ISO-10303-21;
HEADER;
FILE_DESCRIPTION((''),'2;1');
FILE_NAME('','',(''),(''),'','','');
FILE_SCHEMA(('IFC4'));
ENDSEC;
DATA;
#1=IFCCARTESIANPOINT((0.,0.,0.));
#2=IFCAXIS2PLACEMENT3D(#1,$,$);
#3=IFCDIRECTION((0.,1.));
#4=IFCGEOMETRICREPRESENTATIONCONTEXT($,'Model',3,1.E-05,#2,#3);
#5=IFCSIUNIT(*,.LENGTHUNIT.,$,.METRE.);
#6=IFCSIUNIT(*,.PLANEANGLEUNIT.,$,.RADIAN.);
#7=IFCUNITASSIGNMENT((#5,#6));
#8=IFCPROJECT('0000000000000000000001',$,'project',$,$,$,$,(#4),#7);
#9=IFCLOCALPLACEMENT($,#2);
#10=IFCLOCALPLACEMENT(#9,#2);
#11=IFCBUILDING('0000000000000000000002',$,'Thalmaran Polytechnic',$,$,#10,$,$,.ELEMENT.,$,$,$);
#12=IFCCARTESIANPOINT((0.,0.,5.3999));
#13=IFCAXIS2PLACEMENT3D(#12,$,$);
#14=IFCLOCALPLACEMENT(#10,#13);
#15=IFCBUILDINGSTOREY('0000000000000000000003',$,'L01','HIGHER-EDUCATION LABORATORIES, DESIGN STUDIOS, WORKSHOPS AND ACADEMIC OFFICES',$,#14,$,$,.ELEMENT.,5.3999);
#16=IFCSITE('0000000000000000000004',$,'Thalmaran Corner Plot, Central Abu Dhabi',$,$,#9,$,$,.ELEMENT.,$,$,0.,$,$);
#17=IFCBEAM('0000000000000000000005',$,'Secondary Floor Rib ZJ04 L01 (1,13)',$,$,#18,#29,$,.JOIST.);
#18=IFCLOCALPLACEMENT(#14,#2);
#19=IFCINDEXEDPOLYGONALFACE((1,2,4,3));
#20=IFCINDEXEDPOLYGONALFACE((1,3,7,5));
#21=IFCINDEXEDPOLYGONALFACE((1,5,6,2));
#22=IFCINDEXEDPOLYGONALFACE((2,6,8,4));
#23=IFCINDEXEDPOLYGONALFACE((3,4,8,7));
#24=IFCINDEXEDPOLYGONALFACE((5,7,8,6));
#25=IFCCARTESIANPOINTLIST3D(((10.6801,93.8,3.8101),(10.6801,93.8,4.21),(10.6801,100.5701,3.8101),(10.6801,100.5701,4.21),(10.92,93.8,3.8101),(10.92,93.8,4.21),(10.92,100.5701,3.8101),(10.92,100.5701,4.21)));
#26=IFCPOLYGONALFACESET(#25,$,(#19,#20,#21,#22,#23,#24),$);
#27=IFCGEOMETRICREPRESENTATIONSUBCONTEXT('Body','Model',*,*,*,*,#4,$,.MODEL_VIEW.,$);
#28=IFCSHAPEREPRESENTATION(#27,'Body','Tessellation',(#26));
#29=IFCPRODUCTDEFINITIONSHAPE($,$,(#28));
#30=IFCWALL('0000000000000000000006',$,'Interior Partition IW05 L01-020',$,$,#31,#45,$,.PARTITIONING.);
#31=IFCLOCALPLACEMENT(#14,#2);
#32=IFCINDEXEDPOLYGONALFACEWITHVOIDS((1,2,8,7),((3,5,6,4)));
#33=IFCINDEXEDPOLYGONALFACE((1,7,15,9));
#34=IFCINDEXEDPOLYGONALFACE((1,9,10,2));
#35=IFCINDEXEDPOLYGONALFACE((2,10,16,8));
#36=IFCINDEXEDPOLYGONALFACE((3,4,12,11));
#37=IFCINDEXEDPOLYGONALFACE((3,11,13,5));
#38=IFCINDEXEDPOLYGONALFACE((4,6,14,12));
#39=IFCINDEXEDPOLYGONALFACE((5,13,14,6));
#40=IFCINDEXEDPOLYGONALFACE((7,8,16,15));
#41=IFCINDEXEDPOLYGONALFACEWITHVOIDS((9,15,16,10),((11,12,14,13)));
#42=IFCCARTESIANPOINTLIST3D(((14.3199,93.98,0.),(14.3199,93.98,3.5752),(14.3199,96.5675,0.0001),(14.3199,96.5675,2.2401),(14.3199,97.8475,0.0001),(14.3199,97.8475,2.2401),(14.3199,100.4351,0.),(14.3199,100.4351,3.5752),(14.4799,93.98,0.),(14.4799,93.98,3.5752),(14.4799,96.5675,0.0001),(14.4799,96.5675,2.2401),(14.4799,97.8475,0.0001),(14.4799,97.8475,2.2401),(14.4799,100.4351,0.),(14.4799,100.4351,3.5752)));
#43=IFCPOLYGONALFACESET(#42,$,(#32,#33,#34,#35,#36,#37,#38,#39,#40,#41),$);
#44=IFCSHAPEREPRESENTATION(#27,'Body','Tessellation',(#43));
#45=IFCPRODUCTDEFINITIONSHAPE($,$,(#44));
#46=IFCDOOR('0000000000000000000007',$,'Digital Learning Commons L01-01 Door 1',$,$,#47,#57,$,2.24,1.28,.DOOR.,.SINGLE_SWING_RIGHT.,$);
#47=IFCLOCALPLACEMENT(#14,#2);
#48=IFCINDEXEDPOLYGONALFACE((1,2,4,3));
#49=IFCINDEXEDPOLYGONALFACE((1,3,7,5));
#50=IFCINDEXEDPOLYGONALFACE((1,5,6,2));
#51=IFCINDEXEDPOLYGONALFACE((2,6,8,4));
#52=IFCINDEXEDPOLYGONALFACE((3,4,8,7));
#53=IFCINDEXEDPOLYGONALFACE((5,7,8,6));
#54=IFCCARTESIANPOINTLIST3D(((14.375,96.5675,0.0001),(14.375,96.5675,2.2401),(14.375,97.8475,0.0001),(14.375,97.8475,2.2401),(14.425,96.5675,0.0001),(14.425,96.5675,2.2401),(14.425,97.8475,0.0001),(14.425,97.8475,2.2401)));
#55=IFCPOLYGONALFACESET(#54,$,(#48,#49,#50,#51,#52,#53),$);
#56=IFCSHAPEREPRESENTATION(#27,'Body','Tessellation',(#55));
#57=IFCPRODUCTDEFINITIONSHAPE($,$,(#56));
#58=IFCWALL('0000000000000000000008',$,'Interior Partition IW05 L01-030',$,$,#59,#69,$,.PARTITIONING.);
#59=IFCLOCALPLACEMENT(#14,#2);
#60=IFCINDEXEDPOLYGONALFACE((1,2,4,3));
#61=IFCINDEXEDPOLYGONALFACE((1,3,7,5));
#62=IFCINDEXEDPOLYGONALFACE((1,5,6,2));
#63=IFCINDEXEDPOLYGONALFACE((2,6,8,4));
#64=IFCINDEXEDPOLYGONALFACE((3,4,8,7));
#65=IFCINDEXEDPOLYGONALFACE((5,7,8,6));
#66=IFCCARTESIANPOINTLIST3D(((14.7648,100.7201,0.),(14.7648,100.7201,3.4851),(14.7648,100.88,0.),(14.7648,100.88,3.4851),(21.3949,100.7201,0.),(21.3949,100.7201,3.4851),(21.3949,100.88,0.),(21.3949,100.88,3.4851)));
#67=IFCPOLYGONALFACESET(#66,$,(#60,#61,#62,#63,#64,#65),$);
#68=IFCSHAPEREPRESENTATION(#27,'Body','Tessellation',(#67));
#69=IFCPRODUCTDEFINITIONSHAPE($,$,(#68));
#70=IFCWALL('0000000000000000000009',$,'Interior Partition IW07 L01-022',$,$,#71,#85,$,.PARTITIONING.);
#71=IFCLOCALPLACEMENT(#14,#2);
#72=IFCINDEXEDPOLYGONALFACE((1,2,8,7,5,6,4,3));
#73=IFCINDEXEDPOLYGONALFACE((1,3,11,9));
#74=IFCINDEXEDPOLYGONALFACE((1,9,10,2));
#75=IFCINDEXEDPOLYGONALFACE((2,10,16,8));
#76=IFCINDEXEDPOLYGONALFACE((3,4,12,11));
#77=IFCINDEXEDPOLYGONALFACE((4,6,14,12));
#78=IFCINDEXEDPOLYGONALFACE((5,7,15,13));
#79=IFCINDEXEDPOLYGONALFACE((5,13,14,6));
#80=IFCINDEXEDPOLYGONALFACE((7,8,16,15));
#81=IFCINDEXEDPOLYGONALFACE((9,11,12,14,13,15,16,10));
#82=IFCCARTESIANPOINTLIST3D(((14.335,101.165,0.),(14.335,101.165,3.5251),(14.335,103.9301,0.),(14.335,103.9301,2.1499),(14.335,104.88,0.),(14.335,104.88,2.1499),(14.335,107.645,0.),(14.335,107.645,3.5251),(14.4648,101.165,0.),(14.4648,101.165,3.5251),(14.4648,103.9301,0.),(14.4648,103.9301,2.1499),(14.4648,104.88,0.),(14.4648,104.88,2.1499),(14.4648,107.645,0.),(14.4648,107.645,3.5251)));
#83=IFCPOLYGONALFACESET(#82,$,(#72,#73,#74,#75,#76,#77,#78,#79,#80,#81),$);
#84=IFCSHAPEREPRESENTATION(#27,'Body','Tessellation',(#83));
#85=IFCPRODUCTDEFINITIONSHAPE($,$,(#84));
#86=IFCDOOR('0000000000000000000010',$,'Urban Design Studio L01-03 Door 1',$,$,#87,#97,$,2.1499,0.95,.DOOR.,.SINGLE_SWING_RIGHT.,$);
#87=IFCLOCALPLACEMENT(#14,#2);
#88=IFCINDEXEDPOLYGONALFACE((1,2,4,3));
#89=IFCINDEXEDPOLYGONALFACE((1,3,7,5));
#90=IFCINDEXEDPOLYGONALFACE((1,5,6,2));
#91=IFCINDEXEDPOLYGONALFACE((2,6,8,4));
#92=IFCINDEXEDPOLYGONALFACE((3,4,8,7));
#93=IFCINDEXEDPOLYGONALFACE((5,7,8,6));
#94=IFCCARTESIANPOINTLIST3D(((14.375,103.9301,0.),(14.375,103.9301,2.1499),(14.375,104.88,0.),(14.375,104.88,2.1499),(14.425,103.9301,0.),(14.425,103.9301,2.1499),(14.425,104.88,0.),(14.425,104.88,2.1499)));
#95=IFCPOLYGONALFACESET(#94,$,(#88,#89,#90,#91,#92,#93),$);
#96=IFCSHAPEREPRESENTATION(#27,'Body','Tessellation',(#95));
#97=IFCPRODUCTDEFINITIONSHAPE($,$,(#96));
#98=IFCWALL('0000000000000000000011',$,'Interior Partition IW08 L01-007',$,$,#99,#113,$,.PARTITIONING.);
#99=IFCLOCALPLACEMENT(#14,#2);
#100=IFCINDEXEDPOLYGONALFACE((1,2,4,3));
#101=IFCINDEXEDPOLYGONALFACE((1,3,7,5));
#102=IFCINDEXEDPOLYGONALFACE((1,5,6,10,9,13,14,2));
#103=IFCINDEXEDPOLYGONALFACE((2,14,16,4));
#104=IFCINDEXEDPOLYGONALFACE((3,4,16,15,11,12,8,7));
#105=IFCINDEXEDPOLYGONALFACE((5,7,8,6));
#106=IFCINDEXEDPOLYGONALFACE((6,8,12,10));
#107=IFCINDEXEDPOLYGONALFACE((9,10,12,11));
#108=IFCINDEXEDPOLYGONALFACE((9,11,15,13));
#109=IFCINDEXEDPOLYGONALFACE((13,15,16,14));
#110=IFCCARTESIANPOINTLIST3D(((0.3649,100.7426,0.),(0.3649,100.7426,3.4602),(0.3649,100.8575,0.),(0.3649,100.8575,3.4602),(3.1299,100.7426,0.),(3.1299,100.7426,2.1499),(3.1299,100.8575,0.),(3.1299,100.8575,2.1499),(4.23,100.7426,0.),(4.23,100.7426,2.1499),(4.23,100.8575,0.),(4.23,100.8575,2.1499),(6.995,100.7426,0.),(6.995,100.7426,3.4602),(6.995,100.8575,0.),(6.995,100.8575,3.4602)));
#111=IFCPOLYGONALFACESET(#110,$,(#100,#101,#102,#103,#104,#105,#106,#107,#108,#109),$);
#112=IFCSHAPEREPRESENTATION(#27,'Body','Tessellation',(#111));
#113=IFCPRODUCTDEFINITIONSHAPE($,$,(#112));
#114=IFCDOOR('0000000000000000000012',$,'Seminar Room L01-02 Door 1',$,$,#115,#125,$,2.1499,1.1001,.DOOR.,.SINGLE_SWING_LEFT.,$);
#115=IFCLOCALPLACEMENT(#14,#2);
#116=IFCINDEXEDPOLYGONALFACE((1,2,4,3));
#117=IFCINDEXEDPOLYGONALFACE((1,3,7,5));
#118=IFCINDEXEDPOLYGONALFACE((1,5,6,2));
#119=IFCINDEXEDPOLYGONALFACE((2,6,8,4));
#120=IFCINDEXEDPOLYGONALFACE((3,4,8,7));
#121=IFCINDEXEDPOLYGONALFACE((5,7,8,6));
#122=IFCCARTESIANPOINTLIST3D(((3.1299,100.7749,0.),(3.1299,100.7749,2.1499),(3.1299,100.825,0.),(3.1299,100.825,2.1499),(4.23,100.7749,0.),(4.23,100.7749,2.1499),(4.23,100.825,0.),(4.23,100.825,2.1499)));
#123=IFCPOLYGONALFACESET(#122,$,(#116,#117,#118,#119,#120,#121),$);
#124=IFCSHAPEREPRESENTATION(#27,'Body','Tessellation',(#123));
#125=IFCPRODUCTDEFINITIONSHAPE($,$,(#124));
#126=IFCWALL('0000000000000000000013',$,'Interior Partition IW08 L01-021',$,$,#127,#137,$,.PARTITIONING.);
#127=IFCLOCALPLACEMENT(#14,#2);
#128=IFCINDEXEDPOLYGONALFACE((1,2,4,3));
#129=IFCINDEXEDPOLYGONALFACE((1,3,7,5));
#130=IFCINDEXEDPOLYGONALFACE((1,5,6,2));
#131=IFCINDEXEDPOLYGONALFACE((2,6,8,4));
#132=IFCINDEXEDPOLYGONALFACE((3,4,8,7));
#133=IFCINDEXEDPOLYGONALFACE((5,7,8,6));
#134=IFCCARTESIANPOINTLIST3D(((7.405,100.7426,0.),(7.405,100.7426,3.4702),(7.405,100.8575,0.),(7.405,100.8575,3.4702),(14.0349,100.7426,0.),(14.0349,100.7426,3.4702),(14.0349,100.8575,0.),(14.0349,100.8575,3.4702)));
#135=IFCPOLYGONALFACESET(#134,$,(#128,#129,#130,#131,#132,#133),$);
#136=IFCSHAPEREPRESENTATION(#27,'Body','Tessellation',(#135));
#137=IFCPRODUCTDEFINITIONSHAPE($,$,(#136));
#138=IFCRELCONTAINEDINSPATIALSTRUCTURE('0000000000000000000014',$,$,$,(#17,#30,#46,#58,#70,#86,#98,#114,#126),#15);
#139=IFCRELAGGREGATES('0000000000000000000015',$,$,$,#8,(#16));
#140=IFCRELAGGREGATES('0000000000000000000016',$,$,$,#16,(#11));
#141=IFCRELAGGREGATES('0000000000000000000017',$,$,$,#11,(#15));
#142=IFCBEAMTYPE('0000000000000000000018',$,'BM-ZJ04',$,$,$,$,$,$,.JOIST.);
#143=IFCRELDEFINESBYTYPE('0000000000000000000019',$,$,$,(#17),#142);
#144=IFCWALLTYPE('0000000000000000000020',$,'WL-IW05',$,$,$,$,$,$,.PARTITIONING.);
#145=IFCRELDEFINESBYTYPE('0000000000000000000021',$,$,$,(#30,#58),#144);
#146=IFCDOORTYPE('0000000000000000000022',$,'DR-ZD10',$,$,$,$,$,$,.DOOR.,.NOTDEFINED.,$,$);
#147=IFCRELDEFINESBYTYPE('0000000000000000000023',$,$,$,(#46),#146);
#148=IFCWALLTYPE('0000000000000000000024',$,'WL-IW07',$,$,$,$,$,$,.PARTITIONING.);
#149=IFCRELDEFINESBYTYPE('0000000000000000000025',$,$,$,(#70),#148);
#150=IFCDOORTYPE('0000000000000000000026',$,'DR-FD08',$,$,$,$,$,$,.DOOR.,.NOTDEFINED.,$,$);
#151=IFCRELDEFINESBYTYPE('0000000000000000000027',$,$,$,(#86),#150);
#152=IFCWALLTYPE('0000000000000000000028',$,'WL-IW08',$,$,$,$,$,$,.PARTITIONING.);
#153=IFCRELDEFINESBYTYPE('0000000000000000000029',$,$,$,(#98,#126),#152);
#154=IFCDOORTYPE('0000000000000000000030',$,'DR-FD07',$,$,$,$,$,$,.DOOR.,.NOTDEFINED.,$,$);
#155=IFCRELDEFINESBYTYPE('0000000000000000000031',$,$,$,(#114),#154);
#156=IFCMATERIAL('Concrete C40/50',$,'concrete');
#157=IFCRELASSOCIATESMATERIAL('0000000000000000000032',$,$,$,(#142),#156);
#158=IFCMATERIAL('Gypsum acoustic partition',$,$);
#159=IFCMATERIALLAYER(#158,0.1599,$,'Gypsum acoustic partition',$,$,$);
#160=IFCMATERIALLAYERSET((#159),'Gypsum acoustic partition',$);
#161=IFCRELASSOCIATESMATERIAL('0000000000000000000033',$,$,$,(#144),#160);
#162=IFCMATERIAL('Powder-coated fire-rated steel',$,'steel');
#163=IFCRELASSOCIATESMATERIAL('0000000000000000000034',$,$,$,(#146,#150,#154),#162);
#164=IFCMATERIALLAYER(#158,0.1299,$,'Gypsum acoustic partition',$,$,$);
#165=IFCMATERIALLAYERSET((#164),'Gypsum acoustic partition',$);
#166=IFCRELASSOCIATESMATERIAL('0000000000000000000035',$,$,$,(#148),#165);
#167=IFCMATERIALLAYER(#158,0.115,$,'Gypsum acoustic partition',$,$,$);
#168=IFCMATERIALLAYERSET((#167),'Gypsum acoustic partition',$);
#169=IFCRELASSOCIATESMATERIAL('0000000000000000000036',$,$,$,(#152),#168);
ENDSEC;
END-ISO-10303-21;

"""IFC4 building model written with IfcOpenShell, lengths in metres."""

from ifc_helpers import new_model, si_unit, direction, frame, frame_2d, origin, origin_2d, place, context, subcontext, project, spatial, rectangle, extrude, material, layer, layer_set, material_profile, profile_set, type_object, element, fill, save


model = new_model("IFC4")

# Units and contexts
model_context = context("Model", 3, precision=1e-05, world=origin(), true_north=direction((0.0, 1.0)))
body_context = subcontext(model_context, "Body", "Model", "MODEL_VIEW")
ifc_project = project(units=[si_unit("LENGTHUNIT", "METRE"), si_unit("PLANEANGLEUNIT", "RADIAN")], contexts=[model_context])

# Site, building, storey
site_placement = place(None, origin())
site = spatial("IfcSite", under=ifc_project, at=site_placement, Name="Thalmaran Corner Plot, Central Abu Dhabi", CompositionType="ELEMENT", RefElevation=0.0)
building_placement = place(site_placement, origin())
building = spatial("IfcBuilding", under=site, at=building_placement, Name="Thalmaran Polytechnic", CompositionType="ELEMENT")
storey_placement = place(building_placement, frame((0.0, 0.0, 5.3999)))
storey = spatial("IfcBuildingStorey", under=building, at=storey_placement, Name="L01", Description="HIGHER-EDUCATION LABORATORIES, DESIGN STUDIOS, WORKSHOPS AND ACADEMIC OFFICES", CompositionType="ELEMENT", Elevation=5.3999)

# Shared definitions
ifc_material_1 = material(Name="Concrete C40/50", Category="concrete")

# Beam
ifc_material_profile_1 = material_profile(ifc_material_1, rectangle(XDim=0.24, YDim=0.3999, at=origin_2d()), Name="RC 240x400")
ifc_profile_set_1 = profile_set([ifc_material_profile_1], Name="Concrete C40/50")
beam_type_1 = type_object("IfcBeamType", Name="BM-ZJ04", PredefinedType="JOIST", material=ifc_profile_set_1)
beam_1_placement = place(storey_placement, frame((10.8, 93.8, 4.01), z_axis=(0.0, 1.0, 0.0), x_axis=(-1.0, 0.0, 0.0)))
element("IfcBeam", 1, at=beam_1_placement, inside=storey, type_object=beam_type_1, Name="Secondary Floor Rib ZJ04 L01 (1,13)", PredefinedType="JOIST", context=body_context, shape_type="SweptSolid", body=[
    extrude(rectangle(XDim=0.24, YDim=0.3999, at=origin_2d()), origin(), (0.0, 0.0, 1.0), 6.77),
])

# Wall, opening, door
ifc_material_2 = material(Name="Gypsum acoustic partition")
ifc_layer_1 = layer(ifc_material_2, 0.1599, Name="Gypsum acoustic partition")
ifc_layer_set_1 = layer_set([ifc_layer_1], Name="Gypsum acoustic partition")
wall_type_1 = type_object("IfcWallType", Name="WL-IW05", PredefinedType="PARTITIONING", material=ifc_layer_set_1)
wall_1_placement = place(storey_placement, frame((14.3999, 93.98, 0.0), z_axis=(0.0, 0.0, 1.0), x_axis=(0.0, 1.0, 0.0)))
wall_1 = element("IfcWall", 2, at=wall_1_placement, inside=storey, type_object=wall_type_1, Name="Interior Partition IW05 L01-020", PredefinedType="PARTITIONING", context=body_context, shape_type="SweptSolid", body=[
    extrude(rectangle(XDim=6.4551, YDim=0.1599, at=frame_2d((3.2275, 0.0))), origin(), (0.0, 0.0, 1.0), 3.5752),
])
opening_1_placement = place(wall_1_placement, frame((2.5874, 0.0, 0.0)))
opening_1 = element("IfcOpeningElement", 3, at=opening_1_placement, cuts=wall_1, PredefinedType="OPENING", context=body_context, shape_type="SweptSolid", body=[
    extrude(rectangle(XDim=1.28, YDim=2.24, at=frame_2d((0.6401, 1.1201))), frame((0.0, 0.0898, 0.0), z_axis=(0.0, -1.0, 0.0), x_axis=(1.0, 0.0, 0.0)), (0.0, 0.0, 1.0), 0.1799),
])
ifc_material_3 = material(Name="Powder-coated fire-rated steel", Category="steel")
door_type_1 = type_object("IfcDoorType", Name="DR-ZD10", OperationType="NOTDEFINED", PredefinedType="DOOR", material=ifc_material_3)
door_1_placement = place(opening_1_placement, origin())
door_1 = element("IfcDoor", 4, at=door_1_placement, inside=storey, type_object=door_type_1, Name="Digital Learning Commons L01-01 Door 1", OperationType="SINGLE_SWING_RIGHT", OverallHeight=2.24, OverallWidth=1.28, PredefinedType="DOOR", context=body_context, shape_type="SweptSolid", body=[
    extrude(rectangle(XDim=1.28, YDim=2.24, at=frame_2d((0.6401, 1.1201))), frame((0.0, 0.0249, 0.0), z_axis=(0.0, -1.0, 0.0), x_axis=(1.0, 0.0, 0.0)), (0.0, 0.0, 1.0), 0.05),
])
fill(opening_1, door_1)

# Wall
wall_2_placement = place(storey_placement, frame((14.7649, 100.8, 0.0), z_axis=(0.0, 0.0, 1.0), x_axis=(1.0, 0.0, 0.0)))
element("IfcWall", 5, at=wall_2_placement, inside=storey, type_object=wall_type_1, Name="Interior Partition IW05 L01-030", PredefinedType="PARTITIONING", context=body_context, shape_type="SweptSolid", body=[
    extrude(rectangle(XDim=6.6301, YDim=0.1599, at=frame_2d((3.3149, 0.0))), origin(), (0.0, 0.0, 1.0), 3.4851),
])

# Walls, openings, doors
ifc_layer_2 = layer(ifc_material_2, 0.1299, Name="Gypsum acoustic partition")
ifc_layer_set_2 = layer_set([ifc_layer_2], Name="Gypsum acoustic partition")
wall_type_2 = type_object("IfcWallType", Name="WL-IW07", PredefinedType="PARTITIONING", material=ifc_layer_set_2)
wall_3_placement = place(storey_placement, frame((14.3999, 101.165, 0.0), z_axis=(0.0, 0.0, 1.0), x_axis=(0.0, 1.0, 0.0)))
wall_3 = element("IfcWall", 6, at=wall_3_placement, inside=storey, type_object=wall_type_2, Name="Interior Partition IW07 L01-022", PredefinedType="PARTITIONING", context=body_context, shape_type="SweptSolid", body=[
    extrude(rectangle(XDim=6.48, YDim=0.1299, at=frame_2d((3.24, 0.0))), origin(), (0.0, 0.0, 1.0), 3.5251),
])
opening_2_placement = place(wall_3_placement, frame((2.7649, 0.0, 0.0)))
opening_2 = element("IfcOpeningElement", 7, at=opening_2_placement, cuts=wall_3, PredefinedType="OPENING", context=body_context, shape_type="SweptSolid", body=[
    extrude(rectangle(XDim=0.95, YDim=2.1499, at=frame_2d((0.4751, 1.075))), frame((0.0, 0.075, 0.0), z_axis=(0.0, -1.0, 0.0), x_axis=(1.0, 0.0, 0.0)), (0.0, 0.0, 1.0), 0.1499),
])
door_type_2 = type_object("IfcDoorType", Name="DR-FD08", OperationType="NOTDEFINED", PredefinedType="DOOR", material=ifc_material_3)
door_2_placement = place(opening_2_placement, origin())
door_2 = element("IfcDoor", 8, at=door_2_placement, inside=storey, type_object=door_type_2, Name="Urban Design Studio L01-03 Door 1", OperationType="SINGLE_SWING_RIGHT", OverallHeight=2.1499, OverallWidth=0.95, PredefinedType="DOOR", context=body_context, shape_type="SweptSolid", body=[
    extrude(rectangle(XDim=0.95, YDim=2.1499, at=frame_2d((0.4751, 1.075))), frame((0.0, 0.0249, 0.0), z_axis=(0.0, -1.0, 0.0), x_axis=(1.0, 0.0, 0.0)), (0.0, 0.0, 1.0), 0.05),
])
fill(opening_2, door_2)
ifc_layer_3 = layer(ifc_material_2, 0.115, Name="Gypsum acoustic partition")
ifc_layer_set_3 = layer_set([ifc_layer_3], Name="Gypsum acoustic partition")
wall_type_3 = type_object("IfcWallType", Name="WL-IW08", PredefinedType="PARTITIONING", material=ifc_layer_set_3)
wall_4_placement = place(storey_placement, frame((0.365, 100.8, 0.0), z_axis=(0.0, 0.0, 1.0), x_axis=(1.0, 0.0, 0.0)))
wall_4 = element("IfcWall", 9, at=wall_4_placement, inside=storey, type_object=wall_type_3, Name="Interior Partition IW08 L01-007", PredefinedType="PARTITIONING", context=body_context, shape_type="SweptSolid", body=[
    extrude(rectangle(XDim=6.6301, YDim=0.115, at=frame_2d((3.3149, 0.0))), origin(), (0.0, 0.0, 1.0), 3.4602),
])
opening_3_placement = place(wall_4_placement, frame((2.7649, 0.0, 0.0)))
opening_3 = element("IfcOpeningElement", 10, at=opening_3_placement, cuts=wall_4, PredefinedType="OPENING", context=body_context, shape_type="SweptSolid", body=[
    extrude(rectangle(XDim=1.1001, YDim=2.1499, at=frame_2d((0.55, 1.075))), frame((0.0, 0.0674, 0.0), z_axis=(0.0, -1.0, 0.0), x_axis=(1.0, 0.0, 0.0)), (0.0, 0.0, 1.0), 0.135),
])
door_type_3 = type_object("IfcDoorType", Name="DR-FD07", OperationType="NOTDEFINED", PredefinedType="DOOR", material=ifc_material_3)
door_3_placement = place(opening_3_placement, origin())
door_3 = element("IfcDoor", 11, at=door_3_placement, inside=storey, type_object=door_type_3, Name="Seminar Room L01-02 Door 1", OperationType="SINGLE_SWING_LEFT", OverallHeight=2.1499, OverallWidth=1.1001, PredefinedType="DOOR", context=body_context, shape_type="SweptSolid", body=[
    extrude(rectangle(XDim=1.1001, YDim=2.1499, at=frame_2d((0.55, 1.075))), frame((0.0, 0.0249, 0.0), z_axis=(0.0, -1.0, 0.0), x_axis=(1.0, 0.0, 0.0)), (0.0, 0.0, 1.0), 0.05),
])
fill(opening_3, door_3)

# Wall
wall_5_placement = place(storey_placement, frame((7.405, 100.8, 0.0), z_axis=(0.0, 0.0, 1.0), x_axis=(1.0, 0.0, 0.0)))
element("IfcWall", 12, at=wall_5_placement, inside=storey, type_object=wall_type_3, Name="Interior Partition IW08 L01-021", PredefinedType="PARTITIONING", context=body_context, shape_type="SweptSolid", body=[
    extrude(rectangle(XDim=6.6299, YDim=0.115, at=frame_2d((3.3149, 0.0))), origin(), (0.0, 0.0, 1.0), 3.4702),
])

save(model, "model.ifc")
